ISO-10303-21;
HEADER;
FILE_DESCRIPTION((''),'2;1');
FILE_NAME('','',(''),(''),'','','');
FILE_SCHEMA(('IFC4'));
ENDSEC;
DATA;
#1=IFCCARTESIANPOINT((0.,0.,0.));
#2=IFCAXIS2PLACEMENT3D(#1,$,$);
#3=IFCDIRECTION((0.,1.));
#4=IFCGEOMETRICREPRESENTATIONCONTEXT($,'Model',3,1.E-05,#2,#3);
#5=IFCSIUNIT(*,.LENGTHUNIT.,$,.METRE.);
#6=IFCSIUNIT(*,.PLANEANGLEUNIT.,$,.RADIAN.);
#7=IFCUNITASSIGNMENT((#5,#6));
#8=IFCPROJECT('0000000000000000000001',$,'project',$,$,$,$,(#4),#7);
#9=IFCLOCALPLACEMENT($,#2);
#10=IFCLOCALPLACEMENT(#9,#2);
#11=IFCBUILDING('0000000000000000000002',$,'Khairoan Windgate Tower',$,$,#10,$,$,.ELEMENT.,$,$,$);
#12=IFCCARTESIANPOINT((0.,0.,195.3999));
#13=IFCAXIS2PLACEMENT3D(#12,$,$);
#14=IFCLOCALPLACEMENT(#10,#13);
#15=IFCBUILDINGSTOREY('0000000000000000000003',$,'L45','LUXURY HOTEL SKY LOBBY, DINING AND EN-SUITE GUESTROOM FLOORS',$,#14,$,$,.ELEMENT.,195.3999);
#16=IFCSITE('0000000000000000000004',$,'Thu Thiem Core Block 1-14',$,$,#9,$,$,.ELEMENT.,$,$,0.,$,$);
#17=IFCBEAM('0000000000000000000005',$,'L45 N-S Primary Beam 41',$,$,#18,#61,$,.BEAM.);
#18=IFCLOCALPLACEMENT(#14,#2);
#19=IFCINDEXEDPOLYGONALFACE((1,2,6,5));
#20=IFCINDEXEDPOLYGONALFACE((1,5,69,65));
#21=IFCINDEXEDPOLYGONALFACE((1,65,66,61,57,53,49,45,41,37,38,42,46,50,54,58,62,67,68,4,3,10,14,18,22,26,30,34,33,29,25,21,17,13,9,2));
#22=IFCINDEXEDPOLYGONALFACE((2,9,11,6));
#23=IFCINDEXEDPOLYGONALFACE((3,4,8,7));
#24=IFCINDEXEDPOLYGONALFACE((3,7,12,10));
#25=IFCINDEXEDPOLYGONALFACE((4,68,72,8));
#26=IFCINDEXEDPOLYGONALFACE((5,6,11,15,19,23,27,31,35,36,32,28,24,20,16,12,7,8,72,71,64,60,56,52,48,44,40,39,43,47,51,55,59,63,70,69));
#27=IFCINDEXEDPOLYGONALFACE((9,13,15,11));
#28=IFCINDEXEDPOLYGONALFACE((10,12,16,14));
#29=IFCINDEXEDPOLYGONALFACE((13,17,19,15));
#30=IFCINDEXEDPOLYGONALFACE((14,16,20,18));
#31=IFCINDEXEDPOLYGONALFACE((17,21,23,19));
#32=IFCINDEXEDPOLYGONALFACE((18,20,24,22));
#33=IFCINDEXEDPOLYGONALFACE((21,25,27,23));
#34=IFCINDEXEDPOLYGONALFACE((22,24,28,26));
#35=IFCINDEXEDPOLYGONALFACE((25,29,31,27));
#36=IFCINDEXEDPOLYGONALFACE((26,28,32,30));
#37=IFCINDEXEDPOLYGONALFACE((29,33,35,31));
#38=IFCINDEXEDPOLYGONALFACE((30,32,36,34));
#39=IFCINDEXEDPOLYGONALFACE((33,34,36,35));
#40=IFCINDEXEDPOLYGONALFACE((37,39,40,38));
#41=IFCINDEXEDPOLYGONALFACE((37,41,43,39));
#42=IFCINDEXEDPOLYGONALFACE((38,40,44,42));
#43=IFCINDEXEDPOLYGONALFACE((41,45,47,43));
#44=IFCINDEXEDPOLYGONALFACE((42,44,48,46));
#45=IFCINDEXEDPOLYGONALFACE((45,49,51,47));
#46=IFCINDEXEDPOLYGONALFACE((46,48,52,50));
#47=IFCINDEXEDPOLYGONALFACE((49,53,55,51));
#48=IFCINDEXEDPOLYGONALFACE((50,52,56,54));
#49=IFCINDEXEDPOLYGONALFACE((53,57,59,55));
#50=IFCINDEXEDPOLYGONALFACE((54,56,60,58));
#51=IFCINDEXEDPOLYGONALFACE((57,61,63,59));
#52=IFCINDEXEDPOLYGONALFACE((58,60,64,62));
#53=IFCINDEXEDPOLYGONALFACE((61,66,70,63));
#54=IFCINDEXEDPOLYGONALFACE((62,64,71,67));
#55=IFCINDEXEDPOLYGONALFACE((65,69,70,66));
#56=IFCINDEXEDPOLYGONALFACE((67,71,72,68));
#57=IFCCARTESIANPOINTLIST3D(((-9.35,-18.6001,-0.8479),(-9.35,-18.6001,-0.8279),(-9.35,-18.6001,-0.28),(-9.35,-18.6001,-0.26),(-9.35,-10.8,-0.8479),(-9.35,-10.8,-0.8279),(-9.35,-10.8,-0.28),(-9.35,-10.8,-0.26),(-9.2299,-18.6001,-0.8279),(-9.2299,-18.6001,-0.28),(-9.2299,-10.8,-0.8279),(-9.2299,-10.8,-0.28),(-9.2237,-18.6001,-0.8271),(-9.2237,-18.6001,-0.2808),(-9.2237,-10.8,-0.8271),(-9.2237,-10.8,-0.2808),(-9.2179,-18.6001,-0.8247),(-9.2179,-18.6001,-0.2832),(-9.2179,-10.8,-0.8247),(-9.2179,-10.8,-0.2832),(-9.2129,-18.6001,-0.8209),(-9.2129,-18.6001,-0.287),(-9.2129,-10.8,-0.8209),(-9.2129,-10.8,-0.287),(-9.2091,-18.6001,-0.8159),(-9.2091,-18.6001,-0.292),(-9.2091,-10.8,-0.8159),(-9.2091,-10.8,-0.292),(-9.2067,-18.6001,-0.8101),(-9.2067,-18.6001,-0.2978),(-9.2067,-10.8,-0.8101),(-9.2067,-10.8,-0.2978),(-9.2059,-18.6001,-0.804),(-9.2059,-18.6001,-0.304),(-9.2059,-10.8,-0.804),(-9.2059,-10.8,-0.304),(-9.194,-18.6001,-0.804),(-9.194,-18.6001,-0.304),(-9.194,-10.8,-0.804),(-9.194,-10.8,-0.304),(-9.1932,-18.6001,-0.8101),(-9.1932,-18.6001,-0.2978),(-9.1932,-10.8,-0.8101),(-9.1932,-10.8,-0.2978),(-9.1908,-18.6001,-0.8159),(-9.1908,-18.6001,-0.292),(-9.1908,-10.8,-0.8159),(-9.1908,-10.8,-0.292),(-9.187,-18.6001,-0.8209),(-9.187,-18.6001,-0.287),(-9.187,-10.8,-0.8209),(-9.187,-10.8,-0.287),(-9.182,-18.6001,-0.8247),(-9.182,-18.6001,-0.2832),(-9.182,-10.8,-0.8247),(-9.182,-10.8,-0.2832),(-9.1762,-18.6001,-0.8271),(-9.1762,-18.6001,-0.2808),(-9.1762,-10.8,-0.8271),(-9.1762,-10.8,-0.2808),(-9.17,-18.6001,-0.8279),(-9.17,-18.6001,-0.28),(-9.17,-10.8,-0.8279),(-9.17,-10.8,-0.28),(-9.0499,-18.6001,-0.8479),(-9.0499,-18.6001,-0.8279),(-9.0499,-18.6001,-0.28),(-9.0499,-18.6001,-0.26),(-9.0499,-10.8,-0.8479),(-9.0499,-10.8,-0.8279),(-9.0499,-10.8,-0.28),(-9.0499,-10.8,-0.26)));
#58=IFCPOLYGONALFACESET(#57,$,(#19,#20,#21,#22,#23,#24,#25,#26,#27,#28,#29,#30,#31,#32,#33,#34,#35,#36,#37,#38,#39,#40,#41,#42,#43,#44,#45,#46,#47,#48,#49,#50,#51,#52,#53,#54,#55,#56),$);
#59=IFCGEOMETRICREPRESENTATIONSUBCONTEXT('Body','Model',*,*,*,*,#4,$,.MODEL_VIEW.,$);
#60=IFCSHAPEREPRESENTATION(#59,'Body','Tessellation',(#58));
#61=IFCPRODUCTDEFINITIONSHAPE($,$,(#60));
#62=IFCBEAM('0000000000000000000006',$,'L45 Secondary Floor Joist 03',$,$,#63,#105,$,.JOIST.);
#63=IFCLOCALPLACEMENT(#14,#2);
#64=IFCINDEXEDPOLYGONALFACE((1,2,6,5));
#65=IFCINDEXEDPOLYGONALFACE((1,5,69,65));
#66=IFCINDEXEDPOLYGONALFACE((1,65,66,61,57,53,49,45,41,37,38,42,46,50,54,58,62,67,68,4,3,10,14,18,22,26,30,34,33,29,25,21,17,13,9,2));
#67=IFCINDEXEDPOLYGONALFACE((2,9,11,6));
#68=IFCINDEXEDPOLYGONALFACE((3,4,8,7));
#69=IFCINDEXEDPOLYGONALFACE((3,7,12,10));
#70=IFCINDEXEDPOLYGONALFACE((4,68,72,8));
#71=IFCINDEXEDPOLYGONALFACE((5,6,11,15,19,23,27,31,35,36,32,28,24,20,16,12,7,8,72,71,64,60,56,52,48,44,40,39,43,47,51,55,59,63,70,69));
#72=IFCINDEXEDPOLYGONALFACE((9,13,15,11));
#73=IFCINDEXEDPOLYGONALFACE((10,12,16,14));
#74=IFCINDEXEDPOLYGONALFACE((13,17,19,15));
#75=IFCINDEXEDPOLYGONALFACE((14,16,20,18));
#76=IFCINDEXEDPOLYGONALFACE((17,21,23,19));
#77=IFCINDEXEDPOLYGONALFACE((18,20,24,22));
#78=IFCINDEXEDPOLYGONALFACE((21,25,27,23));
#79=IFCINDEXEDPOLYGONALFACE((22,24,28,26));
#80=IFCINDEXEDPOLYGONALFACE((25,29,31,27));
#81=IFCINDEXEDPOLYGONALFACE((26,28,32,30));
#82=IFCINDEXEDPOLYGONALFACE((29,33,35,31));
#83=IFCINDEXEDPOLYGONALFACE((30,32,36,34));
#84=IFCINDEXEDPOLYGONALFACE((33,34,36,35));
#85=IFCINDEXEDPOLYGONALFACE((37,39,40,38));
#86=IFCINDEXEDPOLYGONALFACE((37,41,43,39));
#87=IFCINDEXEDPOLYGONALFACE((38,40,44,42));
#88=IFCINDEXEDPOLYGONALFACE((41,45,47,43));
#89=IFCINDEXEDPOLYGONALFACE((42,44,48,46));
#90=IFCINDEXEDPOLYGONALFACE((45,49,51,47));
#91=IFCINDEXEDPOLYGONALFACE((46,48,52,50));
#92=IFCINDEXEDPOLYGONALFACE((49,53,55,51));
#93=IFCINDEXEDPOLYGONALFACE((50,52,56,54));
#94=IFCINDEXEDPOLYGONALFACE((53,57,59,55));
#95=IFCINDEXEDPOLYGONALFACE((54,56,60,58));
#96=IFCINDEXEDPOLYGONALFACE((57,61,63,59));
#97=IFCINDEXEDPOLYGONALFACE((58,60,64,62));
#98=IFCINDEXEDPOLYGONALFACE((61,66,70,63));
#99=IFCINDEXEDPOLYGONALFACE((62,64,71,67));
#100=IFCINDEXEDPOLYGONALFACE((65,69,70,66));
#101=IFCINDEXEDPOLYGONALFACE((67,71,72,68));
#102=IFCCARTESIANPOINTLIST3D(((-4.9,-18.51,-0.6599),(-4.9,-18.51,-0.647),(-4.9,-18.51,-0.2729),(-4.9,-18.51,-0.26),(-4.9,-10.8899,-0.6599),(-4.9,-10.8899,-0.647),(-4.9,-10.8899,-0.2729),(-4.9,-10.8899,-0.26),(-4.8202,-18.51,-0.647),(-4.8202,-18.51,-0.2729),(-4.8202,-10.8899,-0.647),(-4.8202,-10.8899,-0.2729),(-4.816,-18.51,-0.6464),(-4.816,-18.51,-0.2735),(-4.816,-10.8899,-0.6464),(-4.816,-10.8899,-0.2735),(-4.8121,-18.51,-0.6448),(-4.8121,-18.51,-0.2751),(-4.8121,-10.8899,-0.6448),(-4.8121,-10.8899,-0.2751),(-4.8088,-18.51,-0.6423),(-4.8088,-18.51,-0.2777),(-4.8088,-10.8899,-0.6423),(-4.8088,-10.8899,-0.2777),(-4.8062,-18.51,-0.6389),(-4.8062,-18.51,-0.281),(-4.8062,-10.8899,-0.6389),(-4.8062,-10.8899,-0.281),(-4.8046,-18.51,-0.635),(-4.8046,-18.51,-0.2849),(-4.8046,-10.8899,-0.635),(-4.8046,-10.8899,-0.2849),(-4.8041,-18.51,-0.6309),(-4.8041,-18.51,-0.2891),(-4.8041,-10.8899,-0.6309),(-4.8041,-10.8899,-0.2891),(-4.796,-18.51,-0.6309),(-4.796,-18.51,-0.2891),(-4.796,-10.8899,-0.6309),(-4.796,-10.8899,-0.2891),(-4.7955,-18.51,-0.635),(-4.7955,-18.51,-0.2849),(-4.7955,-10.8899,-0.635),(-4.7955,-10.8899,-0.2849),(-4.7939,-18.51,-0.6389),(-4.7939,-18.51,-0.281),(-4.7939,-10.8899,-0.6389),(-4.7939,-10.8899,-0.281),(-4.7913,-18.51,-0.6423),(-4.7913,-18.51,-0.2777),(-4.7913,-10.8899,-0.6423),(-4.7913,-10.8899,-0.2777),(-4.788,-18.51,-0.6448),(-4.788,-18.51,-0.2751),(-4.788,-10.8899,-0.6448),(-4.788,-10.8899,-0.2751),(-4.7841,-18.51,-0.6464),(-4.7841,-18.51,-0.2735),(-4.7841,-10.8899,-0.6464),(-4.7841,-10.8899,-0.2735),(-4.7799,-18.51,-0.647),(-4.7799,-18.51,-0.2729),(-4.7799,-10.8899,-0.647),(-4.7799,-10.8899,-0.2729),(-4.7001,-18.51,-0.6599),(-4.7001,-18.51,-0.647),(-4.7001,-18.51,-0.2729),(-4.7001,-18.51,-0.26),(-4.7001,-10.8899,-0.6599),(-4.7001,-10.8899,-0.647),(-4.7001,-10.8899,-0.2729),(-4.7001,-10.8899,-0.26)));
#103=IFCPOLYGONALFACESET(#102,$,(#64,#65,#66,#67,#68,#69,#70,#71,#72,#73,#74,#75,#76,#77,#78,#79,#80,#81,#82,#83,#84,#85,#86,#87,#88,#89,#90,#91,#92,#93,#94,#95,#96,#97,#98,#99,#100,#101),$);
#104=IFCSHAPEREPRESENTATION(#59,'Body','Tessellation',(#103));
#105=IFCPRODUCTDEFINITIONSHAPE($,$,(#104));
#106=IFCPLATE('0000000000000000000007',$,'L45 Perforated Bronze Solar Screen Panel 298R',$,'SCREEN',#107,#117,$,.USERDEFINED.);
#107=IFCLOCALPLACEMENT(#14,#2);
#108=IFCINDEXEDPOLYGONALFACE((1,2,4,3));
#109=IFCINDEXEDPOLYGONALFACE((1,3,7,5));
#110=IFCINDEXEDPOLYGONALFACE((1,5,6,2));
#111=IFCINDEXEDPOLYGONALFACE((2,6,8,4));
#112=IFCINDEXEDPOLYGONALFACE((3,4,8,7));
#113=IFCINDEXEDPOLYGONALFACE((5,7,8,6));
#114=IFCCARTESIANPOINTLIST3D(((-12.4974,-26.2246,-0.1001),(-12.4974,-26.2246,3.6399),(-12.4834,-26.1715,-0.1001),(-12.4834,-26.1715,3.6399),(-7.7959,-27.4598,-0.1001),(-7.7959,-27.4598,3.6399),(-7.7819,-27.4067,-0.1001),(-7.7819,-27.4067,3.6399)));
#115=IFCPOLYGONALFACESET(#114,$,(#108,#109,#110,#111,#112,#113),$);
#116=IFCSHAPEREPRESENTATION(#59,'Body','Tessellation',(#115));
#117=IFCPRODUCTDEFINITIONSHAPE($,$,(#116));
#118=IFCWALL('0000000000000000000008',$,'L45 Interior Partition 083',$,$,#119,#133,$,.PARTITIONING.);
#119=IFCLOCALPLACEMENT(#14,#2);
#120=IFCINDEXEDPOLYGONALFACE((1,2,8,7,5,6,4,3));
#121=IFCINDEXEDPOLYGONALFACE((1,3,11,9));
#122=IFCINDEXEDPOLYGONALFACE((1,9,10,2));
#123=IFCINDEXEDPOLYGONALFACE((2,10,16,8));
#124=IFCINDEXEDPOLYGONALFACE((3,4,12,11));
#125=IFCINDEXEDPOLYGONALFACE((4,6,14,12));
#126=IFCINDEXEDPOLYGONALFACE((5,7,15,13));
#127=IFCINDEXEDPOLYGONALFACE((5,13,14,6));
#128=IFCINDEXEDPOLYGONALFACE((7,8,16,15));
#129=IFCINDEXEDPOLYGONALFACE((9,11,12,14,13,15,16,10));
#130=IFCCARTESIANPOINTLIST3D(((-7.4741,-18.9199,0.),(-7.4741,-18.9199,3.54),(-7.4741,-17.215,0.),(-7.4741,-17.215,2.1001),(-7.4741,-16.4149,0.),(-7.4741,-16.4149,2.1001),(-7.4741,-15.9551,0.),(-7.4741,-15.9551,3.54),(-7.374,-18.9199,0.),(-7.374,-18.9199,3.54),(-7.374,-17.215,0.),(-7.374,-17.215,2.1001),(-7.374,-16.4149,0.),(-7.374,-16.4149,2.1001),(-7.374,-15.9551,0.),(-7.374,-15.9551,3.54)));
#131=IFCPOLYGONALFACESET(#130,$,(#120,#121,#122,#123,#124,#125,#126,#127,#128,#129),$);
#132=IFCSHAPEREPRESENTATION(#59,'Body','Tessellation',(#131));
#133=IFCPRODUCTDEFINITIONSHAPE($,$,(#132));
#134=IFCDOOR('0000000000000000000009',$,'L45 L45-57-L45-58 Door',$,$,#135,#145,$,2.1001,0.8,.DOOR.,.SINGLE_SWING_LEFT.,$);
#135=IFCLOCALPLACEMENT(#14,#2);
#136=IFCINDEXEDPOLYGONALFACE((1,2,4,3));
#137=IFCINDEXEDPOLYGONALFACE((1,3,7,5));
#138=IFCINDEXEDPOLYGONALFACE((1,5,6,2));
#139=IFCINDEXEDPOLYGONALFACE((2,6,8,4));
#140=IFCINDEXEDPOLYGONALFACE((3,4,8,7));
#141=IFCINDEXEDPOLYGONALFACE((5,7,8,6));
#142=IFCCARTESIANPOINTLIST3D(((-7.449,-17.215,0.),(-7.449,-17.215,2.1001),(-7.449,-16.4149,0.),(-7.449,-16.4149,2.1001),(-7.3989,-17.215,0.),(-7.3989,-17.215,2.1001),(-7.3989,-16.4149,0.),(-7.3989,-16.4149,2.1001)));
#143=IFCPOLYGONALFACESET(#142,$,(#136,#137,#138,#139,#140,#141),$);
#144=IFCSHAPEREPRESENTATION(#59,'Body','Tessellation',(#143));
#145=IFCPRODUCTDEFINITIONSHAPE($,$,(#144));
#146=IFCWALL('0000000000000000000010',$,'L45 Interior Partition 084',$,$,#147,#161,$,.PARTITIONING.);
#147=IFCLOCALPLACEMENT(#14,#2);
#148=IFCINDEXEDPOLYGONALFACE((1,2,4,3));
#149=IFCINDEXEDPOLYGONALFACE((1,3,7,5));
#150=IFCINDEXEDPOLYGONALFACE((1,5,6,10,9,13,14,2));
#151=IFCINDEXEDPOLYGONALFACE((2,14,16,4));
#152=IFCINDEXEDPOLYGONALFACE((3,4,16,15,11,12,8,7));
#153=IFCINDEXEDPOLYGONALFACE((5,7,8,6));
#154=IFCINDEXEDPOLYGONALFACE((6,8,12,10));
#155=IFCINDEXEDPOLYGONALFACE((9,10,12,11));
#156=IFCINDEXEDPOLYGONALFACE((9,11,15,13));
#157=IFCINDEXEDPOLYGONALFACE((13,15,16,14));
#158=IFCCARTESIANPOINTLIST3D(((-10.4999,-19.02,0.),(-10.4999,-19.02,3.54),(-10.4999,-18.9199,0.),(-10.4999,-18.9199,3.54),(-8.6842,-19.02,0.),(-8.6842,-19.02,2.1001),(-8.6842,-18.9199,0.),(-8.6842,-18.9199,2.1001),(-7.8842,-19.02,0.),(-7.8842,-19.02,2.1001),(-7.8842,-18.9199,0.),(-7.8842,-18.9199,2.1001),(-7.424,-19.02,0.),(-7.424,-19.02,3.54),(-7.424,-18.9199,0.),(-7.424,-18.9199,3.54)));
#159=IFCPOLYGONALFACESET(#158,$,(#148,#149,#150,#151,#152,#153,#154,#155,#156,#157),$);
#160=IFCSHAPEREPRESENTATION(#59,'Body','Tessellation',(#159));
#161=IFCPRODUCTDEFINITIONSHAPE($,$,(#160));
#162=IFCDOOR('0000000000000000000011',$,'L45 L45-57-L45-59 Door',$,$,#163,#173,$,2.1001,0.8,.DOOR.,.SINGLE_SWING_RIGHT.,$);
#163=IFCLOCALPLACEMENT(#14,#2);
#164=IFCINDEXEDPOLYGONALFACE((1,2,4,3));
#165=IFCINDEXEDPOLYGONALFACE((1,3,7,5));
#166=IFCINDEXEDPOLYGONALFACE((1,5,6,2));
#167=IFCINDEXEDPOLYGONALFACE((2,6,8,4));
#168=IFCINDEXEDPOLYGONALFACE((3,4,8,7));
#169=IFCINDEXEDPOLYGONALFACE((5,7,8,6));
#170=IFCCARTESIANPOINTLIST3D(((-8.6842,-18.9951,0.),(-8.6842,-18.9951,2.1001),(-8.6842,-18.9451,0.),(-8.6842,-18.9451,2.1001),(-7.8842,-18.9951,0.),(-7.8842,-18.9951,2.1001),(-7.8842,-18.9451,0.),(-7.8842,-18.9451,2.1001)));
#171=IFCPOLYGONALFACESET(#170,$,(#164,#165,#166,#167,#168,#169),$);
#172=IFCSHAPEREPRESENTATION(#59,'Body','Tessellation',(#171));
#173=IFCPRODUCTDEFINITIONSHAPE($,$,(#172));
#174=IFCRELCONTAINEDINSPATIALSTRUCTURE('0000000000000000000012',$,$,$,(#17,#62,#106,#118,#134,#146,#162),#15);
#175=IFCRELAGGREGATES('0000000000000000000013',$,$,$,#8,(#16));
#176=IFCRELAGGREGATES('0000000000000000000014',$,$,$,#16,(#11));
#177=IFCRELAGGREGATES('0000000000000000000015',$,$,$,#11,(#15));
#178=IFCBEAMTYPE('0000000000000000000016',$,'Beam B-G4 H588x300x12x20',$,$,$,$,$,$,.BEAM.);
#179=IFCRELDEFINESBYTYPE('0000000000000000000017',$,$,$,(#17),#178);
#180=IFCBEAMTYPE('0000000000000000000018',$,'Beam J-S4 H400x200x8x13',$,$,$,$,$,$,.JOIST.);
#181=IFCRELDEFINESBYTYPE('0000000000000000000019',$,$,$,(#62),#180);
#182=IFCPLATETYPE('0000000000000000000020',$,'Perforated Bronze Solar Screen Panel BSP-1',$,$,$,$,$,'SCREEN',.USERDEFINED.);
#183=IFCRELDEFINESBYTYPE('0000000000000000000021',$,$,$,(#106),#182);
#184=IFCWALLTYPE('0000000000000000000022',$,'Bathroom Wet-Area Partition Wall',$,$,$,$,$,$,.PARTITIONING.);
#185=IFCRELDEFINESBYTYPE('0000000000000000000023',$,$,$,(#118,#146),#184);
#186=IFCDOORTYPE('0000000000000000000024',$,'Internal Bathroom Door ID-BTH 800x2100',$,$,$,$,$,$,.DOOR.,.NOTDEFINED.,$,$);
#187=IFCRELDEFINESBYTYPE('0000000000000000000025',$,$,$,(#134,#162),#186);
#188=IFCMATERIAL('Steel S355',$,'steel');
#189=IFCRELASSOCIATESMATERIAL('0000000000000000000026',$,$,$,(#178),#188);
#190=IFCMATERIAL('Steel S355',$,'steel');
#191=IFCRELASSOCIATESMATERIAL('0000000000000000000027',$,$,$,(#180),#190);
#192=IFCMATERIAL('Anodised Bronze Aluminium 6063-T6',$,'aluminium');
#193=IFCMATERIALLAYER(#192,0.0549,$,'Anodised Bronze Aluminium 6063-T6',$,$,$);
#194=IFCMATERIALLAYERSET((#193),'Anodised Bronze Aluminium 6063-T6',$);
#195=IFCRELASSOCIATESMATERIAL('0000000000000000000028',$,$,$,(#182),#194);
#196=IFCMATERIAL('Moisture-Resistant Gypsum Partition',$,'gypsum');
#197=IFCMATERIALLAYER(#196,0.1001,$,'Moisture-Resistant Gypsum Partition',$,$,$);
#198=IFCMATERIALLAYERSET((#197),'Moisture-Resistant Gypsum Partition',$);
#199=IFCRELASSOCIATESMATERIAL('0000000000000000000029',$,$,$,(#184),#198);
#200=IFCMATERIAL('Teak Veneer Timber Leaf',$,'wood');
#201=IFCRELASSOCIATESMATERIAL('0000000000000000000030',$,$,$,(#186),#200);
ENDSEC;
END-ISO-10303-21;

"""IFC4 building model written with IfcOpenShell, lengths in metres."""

from ifc_helpers import new_model, si_unit, direction, frame, frame_2d, origin, origin_2d, place, context, subcontext, project, spatial, rectangle, i_section, extrude, material, layer, layer_set, material_profile, profile_set, type_object, element, fill, save


model = new_model("IFC4")

# Units and contexts
model_context = context("Model", 3, precision=1e-05, world=origin(), true_north=direction((0.0, 1.0)))
body_context = subcontext(model_context, "Body", "Model", "MODEL_VIEW")
ifc_project = project(units=[si_unit("LENGTHUNIT", "METRE"), si_unit("PLANEANGLEUNIT", "RADIAN")], contexts=[model_context])

# Site, building, storey
site_placement = place(None, origin())
site = spatial("IfcSite", under=ifc_project, at=site_placement, Name="Thu Thiem Core Block 1-14", CompositionType="ELEMENT", RefElevation=0.0)
building_placement = place(site_placement, origin())
building = spatial("IfcBuilding", under=site, at=building_placement, Name="Khairoan Windgate Tower", CompositionType="ELEMENT")
storey_placement = place(building_placement, frame((0.0, 0.0, 195.3999)))
storey = spatial("IfcBuildingStorey", under=building, at=storey_placement, Name="L45", Description="LUXURY HOTEL SKY LOBBY, DINING AND EN-SUITE GUESTROOM FLOORS", CompositionType="ELEMENT", Elevation=195.3999)

# Beams
ifc_material_1 = material(Name="Steel S355", Category="steel")
ifc_material_profile_1 = material_profile(ifc_material_1, i_section(OverallWidth=0.3, OverallDepth=0.5879, WebThickness=0.012, FlangeThickness=0.02, FilletRadius=0.0239, at=origin_2d()))
ifc_profile_set_1 = profile_set([ifc_material_profile_1], Name="Steel S355")
beam_type_1 = type_object("IfcBeamType", Name="Beam B-G4 H588x300x12x20", PredefinedType="BEAM", material=ifc_profile_set_1)
beam_1_placement = place(storey_placement, frame((-9.2, -18.6001, -0.554), z_axis=(0.0, 1.0, 0.0), x_axis=(-1.0, 0.0, 0.0)))
element("IfcBeam", 1, at=beam_1_placement, inside=storey, type_object=beam_type_1, Name="L45 N-S Primary Beam 41", PredefinedType="BEAM", context=body_context, shape_type="SweptSolid", body=[
    extrude(i_section(OverallWidth=0.3, OverallDepth=0.5879, WebThickness=0.012, FlangeThickness=0.02, FilletRadius=0.0239, at=origin_2d()), origin(), (0.0, 0.0, 1.0), 7.8),
])
ifc_material_2 = material(Name="Steel S355", Category="steel")
ifc_material_profile_2 = material_profile(ifc_material_2, i_section(OverallWidth=0.2, OverallDepth=0.3999, WebThickness=0.0081, FlangeThickness=0.0129, FilletRadius=0.0161, at=origin_2d()))
ifc_profile_set_2 = profile_set([ifc_material_profile_2], Name="Steel S355")
beam_type_2 = type_object("IfcBeamType", Name="Beam J-S4 H400x200x8x13", PredefinedType="JOIST", material=ifc_profile_set_2)
beam_2_placement = place(storey_placement, frame((-4.8, -18.51, -0.46), z_axis=(0.0, 1.0, 0.0), x_axis=(-1.0, 0.0, 0.0)))
element("IfcBeam", 2, at=beam_2_placement, inside=storey, type_object=beam_type_2, Name="L45 Secondary Floor Joist 03", PredefinedType="JOIST", context=body_context, shape_type="SweptSolid", body=[
    extrude(i_section(OverallWidth=0.2, OverallDepth=0.3999, WebThickness=0.0081, FlangeThickness=0.0129, FilletRadius=0.0161, at=origin_2d()), origin(), (0.0, 0.0, 1.0), 7.6201),
])

# Plate
ifc_material_3 = material(Name="Anodised Bronze Aluminium 6063-T6", Category="aluminium")
ifc_layer_1 = layer(ifc_material_3, 0.0549, Name="Anodised Bronze Aluminium 6063-T6")
ifc_layer_set_1 = layer_set([ifc_layer_1], Name="Anodised Bronze Aluminium 6063-T6")
plate_type = type_object("IfcPlateType", Name="Perforated Bronze Solar Screen Panel BSP-1", ElementType="SCREEN", PredefinedType="USERDEFINED", material=ifc_layer_set_1)
plate_placement = place(storey_placement, frame((-10.1396, -26.8157, -0.1001), z_axis=(0.0, 0.0, 1.0), x_axis=(-0.967179, 0.254096, 0.0)))
element("IfcPlate", 3, at=plate_placement, inside=storey, type_object=plate_type, Name="L45 Perforated Bronze Solar Screen Panel 298R", ObjectType="SCREEN", PredefinedType="USERDEFINED", context=body_context, shape_type="SweptSolid", body=[
    extrude(rectangle(XDim=4.8611, YDim=0.0549, at=origin_2d()), origin(), (0.0, 0.0, 1.0), 3.74),
])

# Walls, openings, doors
ifc_material_4 = material(Name="Moisture-Resistant Gypsum Partition", Category="gypsum")
ifc_layer_2 = layer(ifc_material_4, 0.1001, Name="Moisture-Resistant Gypsum Partition")
ifc_layer_set_2 = layer_set([ifc_layer_2], Name="Moisture-Resistant Gypsum Partition")
wall_type_1 = type_object("IfcWallType", Name="Bathroom Wet-Area Partition Wall", PredefinedType="PARTITIONING", material=ifc_layer_set_2)
wall_1_placement = place(storey_placement, frame((-7.4241, -18.9199, 0.0), z_axis=(0.0, 0.0, 1.0), x_axis=(0.0, 1.0, 0.0)))
wall_1 = element("IfcWall", 4, at=wall_1_placement, inside=storey, type_object=wall_type_1, Name="L45 Interior Partition 083", PredefinedType="PARTITIONING", context=body_context, shape_type="SweptSolid", body=[
    extrude(rectangle(XDim=2.9648, YDim=0.1001, at=frame_2d((1.4824, 0.0))), origin(), (0.0, 0.0, 1.0), 3.54),
])
opening_1_placement = place(wall_1_placement, frame((1.7051, 0.0, 0.0)))
opening_1 = element("IfcOpeningElement", 5, at=opening_1_placement, cuts=wall_1, PredefinedType="OPENING", context=body_context, shape_type="SweptSolid", body=[
    extrude(rectangle(XDim=0.8, YDim=2.1001, at=frame_2d((0.3999, 1.05))), frame((0.0, 0.0601, 0.0), z_axis=(0.0, -1.0, 0.0), x_axis=(1.0, 0.0, 0.0)), (0.0, 0.0, 1.0), 0.1201),
])
ifc_material_5 = material(Name="Teak Veneer Timber Leaf", Category="wood")
door_type_1 = type_object("IfcDoorType", Name="Internal Bathroom Door ID-BTH 800x2100", OperationType="NOTDEFINED", PredefinedType="DOOR", material=ifc_material_5)
door_1_placement = place(opening_1_placement, origin())
door_1 = element("IfcDoor", 6, at=door_1_placement, inside=storey, type_object=door_type_1, Name="L45 L45-57-L45-58 Door", OperationType="SINGLE_SWING_LEFT", OverallHeight=2.1001, OverallWidth=0.8, PredefinedType="DOOR", context=body_context, shape_type="SweptSolid", body=[
    extrude(rectangle(XDim=0.8, YDim=2.1001, at=frame_2d((0.3999, 1.05))), frame((0.0, 0.0249, 0.0), z_axis=(0.0, -1.0, 0.0), x_axis=(1.0, 0.0, 0.0)), (0.0, 0.0, 1.0), 0.05),
])
fill(opening_1, door_1)
wall_2_placement = place(storey_placement, frame((-10.5, -18.97, 0.0), z_axis=(0.0, 0.0, 1.0), x_axis=(1.0, 0.0, 0.0)))
wall_2 = element("IfcWall", 7, at=wall_2_placement, inside=storey, type_object=wall_type_1, Name="L45 Interior Partition 084", PredefinedType="PARTITIONING", context=body_context, shape_type="SweptSolid", body=[
    extrude(rectangle(XDim=3.0759, YDim=0.1001, at=frame_2d((1.5381, 0.0))), origin(), (0.0, 0.0, 1.0), 3.54),
])
opening_2_placement = place(wall_2_placement, frame((1.8159, 0.0, 0.0)))
opening_2 = element("IfcOpeningElement", 8, at=opening_2_placement, cuts=wall_2, PredefinedType="OPENING", context=body_context, shape_type="SweptSolid", body=[
    extrude(rectangle(XDim=0.8, YDim=2.1001, at=frame_2d((0.3999, 1.05))), frame((0.0, 0.0601, 0.0), z_axis=(0.0, -1.0, 0.0), x_axis=(1.0, 0.0, 0.0)), (0.0, 0.0, 1.0), 0.1201),
])
door_2_placement = place(opening_2_placement, origin())
door_2 = element("IfcDoor", 9, at=door_2_placement, inside=storey, type_object=door_type_1, Name="L45 L45-57-L45-59 Door", OperationType="SINGLE_SWING_RIGHT", OverallHeight=2.1001, OverallWidth=0.8, PredefinedType="DOOR", context=body_context, shape_type="SweptSolid", body=[
    extrude(rectangle(XDim=0.8, YDim=2.1001, at=frame_2d((0.3999, 1.05))), frame((0.0, 0.0249, 0.0), z_axis=(0.0, -1.0, 0.0), x_axis=(1.0, 0.0, 0.0)), (0.0, 0.0, 1.0), 0.05),
])
fill(opening_2, door_2)

save(model, "model.ifc")
